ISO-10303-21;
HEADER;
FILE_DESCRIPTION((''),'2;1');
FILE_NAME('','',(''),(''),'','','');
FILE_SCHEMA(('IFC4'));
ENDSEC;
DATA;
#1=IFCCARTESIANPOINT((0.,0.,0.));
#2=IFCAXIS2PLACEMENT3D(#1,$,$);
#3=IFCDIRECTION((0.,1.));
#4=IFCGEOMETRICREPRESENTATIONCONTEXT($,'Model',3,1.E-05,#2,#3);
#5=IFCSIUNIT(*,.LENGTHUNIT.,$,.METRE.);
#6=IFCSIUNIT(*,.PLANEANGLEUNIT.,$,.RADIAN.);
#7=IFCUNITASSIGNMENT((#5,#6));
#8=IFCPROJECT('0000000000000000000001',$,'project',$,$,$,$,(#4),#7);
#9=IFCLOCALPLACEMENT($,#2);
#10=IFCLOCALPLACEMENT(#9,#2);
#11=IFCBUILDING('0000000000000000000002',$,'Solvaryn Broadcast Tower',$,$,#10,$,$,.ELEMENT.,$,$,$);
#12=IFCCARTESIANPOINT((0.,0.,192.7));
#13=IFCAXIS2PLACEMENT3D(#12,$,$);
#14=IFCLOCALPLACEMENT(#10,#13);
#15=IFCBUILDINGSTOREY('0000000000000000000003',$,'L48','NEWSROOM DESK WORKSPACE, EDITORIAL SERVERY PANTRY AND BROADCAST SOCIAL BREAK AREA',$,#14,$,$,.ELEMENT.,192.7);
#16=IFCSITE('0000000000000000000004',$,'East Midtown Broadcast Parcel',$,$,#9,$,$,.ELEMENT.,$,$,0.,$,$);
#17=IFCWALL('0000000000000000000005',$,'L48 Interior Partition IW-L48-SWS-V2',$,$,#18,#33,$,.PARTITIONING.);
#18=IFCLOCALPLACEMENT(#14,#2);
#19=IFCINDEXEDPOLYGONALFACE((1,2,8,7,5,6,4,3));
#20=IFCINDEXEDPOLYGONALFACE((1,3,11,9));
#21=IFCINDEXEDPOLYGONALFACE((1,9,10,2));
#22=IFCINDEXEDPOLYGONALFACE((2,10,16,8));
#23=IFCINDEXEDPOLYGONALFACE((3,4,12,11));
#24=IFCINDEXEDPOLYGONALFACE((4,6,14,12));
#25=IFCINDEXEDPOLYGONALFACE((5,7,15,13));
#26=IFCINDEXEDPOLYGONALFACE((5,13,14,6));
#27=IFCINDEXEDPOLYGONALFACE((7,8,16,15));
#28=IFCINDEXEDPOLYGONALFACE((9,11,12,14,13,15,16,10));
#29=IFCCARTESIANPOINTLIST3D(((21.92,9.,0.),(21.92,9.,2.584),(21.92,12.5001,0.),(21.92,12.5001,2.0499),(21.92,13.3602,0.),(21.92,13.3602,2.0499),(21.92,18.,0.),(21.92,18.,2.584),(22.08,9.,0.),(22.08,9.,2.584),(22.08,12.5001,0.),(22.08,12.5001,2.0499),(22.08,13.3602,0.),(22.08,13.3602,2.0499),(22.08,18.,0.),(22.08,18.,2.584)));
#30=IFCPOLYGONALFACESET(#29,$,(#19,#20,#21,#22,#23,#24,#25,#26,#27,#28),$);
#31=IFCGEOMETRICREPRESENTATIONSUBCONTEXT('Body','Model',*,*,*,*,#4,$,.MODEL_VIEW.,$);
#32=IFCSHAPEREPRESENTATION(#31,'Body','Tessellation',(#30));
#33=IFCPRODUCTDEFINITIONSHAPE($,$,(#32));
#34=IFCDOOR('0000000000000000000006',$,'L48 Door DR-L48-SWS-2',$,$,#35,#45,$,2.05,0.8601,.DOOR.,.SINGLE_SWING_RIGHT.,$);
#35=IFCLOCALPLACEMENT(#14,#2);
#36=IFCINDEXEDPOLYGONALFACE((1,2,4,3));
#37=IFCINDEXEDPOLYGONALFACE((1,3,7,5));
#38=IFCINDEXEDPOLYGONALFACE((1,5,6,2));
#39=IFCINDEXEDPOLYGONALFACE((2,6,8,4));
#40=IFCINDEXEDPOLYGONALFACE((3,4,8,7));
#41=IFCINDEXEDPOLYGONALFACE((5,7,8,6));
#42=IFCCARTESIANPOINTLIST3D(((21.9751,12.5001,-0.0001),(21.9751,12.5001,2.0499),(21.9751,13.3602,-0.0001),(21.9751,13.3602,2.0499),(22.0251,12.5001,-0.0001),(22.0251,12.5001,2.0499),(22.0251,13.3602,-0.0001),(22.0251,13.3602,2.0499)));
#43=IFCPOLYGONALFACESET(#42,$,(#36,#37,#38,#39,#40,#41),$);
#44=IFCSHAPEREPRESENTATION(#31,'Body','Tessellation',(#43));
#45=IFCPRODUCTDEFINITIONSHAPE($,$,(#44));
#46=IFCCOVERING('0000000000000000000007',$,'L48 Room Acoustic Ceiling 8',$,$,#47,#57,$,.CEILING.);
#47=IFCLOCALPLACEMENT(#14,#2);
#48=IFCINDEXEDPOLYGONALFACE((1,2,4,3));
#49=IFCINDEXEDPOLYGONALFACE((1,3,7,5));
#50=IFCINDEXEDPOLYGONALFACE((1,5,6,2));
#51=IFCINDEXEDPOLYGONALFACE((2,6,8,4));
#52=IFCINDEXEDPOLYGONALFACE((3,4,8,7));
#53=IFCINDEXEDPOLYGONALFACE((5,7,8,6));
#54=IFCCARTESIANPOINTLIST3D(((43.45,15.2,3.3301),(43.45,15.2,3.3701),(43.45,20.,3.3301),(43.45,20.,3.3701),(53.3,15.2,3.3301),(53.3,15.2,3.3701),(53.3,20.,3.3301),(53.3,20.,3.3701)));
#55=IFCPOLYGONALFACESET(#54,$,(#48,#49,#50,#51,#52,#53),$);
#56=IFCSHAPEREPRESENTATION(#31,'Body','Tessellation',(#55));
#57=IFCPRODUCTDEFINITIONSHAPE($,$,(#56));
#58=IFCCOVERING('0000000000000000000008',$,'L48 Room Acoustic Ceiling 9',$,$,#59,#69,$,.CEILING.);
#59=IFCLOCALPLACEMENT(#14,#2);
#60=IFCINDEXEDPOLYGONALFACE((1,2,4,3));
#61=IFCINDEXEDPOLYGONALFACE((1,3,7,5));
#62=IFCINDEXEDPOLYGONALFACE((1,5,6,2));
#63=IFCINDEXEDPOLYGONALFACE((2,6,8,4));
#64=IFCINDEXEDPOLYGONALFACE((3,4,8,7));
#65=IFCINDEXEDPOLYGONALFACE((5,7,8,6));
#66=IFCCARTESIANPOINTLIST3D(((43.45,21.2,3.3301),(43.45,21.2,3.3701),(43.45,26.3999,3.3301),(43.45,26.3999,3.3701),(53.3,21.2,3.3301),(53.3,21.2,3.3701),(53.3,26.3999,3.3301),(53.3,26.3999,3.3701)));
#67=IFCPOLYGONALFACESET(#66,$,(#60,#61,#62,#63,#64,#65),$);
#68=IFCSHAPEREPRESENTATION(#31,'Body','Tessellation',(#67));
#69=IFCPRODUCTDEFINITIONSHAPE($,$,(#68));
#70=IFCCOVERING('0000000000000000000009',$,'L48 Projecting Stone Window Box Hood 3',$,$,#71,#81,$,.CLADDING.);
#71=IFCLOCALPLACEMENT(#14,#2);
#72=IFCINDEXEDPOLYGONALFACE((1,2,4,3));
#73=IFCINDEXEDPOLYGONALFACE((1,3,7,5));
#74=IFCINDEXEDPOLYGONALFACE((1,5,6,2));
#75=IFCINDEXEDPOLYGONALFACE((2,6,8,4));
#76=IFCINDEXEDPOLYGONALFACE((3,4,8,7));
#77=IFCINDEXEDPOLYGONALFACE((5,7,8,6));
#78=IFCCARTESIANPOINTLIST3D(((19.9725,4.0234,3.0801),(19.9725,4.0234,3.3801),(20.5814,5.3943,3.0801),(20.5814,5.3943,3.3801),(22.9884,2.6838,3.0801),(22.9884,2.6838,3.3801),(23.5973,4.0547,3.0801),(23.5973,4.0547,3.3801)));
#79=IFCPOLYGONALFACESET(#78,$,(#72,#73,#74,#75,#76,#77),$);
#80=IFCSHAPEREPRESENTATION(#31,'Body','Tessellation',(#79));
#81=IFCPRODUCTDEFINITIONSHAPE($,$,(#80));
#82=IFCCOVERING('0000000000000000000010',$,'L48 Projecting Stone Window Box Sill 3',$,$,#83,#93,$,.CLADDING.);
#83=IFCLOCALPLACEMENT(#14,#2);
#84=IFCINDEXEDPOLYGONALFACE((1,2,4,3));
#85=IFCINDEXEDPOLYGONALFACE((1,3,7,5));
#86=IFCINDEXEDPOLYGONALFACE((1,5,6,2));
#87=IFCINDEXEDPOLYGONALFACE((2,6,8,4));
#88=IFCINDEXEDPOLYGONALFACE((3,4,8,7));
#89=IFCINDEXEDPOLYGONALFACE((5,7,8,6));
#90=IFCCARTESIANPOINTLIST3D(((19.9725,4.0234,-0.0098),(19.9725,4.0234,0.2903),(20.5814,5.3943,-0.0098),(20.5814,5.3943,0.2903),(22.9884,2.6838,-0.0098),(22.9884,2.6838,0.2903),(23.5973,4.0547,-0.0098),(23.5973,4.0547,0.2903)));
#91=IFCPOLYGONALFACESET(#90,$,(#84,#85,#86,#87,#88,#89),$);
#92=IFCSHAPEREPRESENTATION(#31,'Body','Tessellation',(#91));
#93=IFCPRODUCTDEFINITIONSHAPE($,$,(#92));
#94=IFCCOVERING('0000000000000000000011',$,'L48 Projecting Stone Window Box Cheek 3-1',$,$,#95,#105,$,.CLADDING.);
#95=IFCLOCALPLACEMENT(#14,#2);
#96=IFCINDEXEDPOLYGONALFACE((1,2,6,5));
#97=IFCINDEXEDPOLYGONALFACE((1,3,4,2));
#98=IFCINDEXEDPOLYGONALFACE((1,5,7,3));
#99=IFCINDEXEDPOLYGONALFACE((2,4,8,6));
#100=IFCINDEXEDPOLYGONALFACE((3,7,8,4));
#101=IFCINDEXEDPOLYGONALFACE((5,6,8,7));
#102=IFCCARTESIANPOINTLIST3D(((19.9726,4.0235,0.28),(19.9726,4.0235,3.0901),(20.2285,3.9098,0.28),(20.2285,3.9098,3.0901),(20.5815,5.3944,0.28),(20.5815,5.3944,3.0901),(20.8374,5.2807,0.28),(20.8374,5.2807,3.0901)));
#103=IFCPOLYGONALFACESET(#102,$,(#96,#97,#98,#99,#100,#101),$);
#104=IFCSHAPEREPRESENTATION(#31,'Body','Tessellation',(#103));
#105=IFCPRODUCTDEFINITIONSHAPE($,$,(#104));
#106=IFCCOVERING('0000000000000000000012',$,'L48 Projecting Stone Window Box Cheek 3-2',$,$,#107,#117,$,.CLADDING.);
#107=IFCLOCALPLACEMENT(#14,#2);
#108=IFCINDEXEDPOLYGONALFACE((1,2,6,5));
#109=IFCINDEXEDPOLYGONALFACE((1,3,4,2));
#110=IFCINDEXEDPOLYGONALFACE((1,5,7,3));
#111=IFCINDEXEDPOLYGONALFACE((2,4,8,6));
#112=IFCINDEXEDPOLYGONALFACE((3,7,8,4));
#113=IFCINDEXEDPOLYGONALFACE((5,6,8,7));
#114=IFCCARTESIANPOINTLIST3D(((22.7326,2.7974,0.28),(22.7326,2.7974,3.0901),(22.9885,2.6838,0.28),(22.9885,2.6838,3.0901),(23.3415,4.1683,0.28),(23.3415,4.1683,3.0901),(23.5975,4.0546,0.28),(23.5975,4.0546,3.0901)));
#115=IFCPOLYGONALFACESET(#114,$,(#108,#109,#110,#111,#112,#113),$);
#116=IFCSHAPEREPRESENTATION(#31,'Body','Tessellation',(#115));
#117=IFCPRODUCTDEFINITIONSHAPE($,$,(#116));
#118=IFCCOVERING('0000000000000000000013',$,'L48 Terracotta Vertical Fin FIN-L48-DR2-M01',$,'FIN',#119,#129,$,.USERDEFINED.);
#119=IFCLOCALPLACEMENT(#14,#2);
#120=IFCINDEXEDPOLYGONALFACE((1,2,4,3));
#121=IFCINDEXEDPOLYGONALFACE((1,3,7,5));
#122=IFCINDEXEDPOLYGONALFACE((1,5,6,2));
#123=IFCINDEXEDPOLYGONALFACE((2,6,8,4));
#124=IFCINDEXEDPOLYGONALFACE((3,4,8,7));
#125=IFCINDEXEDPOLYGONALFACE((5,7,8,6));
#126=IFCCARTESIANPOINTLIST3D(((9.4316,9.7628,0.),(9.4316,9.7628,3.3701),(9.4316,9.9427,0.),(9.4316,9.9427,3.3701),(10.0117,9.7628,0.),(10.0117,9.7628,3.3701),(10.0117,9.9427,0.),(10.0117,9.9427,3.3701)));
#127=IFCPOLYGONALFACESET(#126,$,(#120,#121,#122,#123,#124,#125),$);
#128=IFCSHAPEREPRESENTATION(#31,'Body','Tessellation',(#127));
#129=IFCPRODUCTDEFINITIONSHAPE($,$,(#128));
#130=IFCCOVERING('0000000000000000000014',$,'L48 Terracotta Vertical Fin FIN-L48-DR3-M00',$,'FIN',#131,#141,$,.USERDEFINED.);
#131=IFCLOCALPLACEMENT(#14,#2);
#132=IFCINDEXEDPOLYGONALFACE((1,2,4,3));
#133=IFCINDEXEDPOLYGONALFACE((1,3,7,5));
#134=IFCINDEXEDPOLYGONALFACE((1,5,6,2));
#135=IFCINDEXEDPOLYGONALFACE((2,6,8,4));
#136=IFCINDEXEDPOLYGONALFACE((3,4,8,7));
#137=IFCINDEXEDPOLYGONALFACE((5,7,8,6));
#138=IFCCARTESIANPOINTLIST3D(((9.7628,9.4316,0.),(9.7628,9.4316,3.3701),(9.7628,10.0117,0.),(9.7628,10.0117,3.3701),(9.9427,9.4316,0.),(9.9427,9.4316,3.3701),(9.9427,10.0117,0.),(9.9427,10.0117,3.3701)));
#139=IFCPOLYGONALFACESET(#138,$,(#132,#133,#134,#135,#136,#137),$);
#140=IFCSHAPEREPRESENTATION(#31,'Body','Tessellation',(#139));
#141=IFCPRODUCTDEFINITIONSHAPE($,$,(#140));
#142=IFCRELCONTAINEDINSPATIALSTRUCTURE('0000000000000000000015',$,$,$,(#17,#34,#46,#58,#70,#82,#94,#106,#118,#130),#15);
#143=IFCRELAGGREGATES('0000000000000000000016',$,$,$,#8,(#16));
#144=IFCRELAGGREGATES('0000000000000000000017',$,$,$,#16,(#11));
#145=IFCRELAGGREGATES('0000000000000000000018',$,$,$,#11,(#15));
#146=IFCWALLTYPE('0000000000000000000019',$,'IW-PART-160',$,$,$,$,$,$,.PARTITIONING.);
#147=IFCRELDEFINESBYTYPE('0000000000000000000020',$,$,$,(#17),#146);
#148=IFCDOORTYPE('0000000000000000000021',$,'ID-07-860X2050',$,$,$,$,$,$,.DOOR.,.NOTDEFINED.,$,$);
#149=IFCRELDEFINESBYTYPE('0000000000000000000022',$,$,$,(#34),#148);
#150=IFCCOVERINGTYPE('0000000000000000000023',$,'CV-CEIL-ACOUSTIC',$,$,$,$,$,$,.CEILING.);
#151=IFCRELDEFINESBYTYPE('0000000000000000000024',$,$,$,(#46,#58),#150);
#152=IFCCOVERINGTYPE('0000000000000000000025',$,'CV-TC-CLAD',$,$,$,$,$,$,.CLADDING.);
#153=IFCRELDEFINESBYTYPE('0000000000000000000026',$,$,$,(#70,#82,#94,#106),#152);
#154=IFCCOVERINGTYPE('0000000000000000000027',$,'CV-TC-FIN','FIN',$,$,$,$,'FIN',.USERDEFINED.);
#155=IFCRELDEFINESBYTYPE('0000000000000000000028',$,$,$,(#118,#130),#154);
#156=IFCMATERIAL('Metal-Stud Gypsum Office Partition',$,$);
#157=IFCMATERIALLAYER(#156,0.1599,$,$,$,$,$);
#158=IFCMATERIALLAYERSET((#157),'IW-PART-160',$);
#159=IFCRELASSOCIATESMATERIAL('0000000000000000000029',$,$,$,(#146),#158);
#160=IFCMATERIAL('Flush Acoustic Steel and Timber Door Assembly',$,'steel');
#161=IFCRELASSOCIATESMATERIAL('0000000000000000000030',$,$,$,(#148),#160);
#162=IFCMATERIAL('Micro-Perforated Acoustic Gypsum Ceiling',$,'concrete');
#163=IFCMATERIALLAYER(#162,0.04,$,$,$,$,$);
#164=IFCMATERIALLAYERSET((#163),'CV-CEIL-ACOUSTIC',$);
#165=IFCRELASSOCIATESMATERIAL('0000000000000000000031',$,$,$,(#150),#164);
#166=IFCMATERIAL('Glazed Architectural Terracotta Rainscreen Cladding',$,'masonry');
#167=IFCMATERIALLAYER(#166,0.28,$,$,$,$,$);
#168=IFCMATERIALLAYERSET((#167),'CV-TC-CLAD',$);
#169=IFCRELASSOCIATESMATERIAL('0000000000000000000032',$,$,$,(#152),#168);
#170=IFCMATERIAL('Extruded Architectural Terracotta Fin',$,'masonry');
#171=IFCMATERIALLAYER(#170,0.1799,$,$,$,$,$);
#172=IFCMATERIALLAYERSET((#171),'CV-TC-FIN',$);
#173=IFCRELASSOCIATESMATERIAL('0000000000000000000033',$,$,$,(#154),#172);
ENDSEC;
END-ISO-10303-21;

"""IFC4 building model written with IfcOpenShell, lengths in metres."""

from ifc_helpers import new_model, si_unit, direction, frame, frame_2d, origin, origin_2d, place, context, subcontext, project, spatial, polyline, rectangle, outline, extrude, material, layer, layer_set, type_object, element, fill, save


model = new_model("IFC4")

# Units and contexts
model_context = context("Model", 3, precision=1e-05, world=origin(), true_north=direction((0.0, 1.0)))
body_context = subcontext(model_context, "Body", "Model", "MODEL_VIEW")
ifc_project = project(units=[si_unit("LENGTHUNIT", "METRE"), si_unit("PLANEANGLEUNIT", "RADIAN")], contexts=[model_context])

# Site, building, storey
site_placement = place(None, origin())
site = spatial("IfcSite", under=ifc_project, at=site_placement, Name="East Midtown Broadcast Parcel", CompositionType="ELEMENT", RefElevation=0.0)
building_placement = place(site_placement, origin())
building = spatial("IfcBuilding", under=site, at=building_placement, Name="Solvaryn Broadcast Tower", CompositionType="ELEMENT")
storey_placement = place(building_placement, frame((0.0, 0.0, 192.7)))
storey = spatial("IfcBuildingStorey", under=building, at=storey_placement, Name="L48", Description="NEWSROOM DESK WORKSPACE, EDITORIAL SERVERY PANTRY AND BROADCAST SOCIAL BREAK AREA", CompositionType="ELEMENT", Elevation=192.7)

# Shared definitions
ifc_material_1 = material(Name="Metal-Stud Gypsum Office Partition")
ifc_layer_1 = layer(ifc_material_1, 0.1599)
ifc_layer_set_1 = layer_set([ifc_layer_1], Name="IW-PART-160")
wall_type = type_object("IfcWallType", Name="IW-PART-160", PredefinedType="PARTITIONING", material=ifc_layer_set_1)
ifc_material_2 = material(Name="Flush Acoustic Steel and Timber Door Assembly", Category="steel")
door_type_1 = type_object("IfcDoorType", Name="ID-07-860X2050", OperationType="NOTDEFINED", PredefinedType="DOOR", material=ifc_material_2)

# Wall, opening, door
wall_1_placement = place(storey_placement, frame((22.0, 9.0, 0.0), z_axis=(0.0, 0.0, 1.0), x_axis=(0.0, 1.0, 0.0)))
wall_1 = element("IfcWall", 1, at=wall_1_placement, inside=storey, type_object=wall_type, Name="L48 Interior Partition IW-L48-SWS-V2", PredefinedType="PARTITIONING", context=body_context, shape_type="SweptSolid", body=[
    extrude(rectangle(XDim=9.0, YDim=0.1599, at=frame_2d((4.5, 0.0))), origin(), (0.0, 0.0, 1.0), 2.584),
])
opening_1_placement = place(wall_1_placement, frame((3.5, 0.0, 0.0)))
opening_1 = element("IfcOpeningElement", 2, at=opening_1_placement, cuts=wall_1, PredefinedType="OPENING", context=body_context, shape_type="SweptSolid", body=[
    extrude(rectangle(XDim=0.8601, YDim=2.05, at=frame_2d((0.4302, 1.0249))), frame((0.0, 0.0901, 0.0), z_axis=(0.0, -1.0, 0.0), x_axis=(1.0, 0.0, 0.0)), (0.0, 0.0, 1.0), 0.1799),
])
door_1_placement = place(opening_1_placement, origin())
door_1 = element("IfcDoor", 3, at=door_1_placement, inside=storey, type_object=door_type_1, Name="L48 Door DR-L48-SWS-2", OperationType="SINGLE_SWING_RIGHT", OverallHeight=2.05, OverallWidth=0.8601, PredefinedType="DOOR", context=body_context, shape_type="SweptSolid", body=[
    extrude(rectangle(XDim=0.8601, YDim=2.05, at=frame_2d((0.4302, 1.0249))), frame((0.0, 0.0249, 0.0), z_axis=(0.0, -1.0, 0.0), x_axis=(1.0, 0.0, 0.0)), (0.0, 0.0, 1.0), 0.05),
])
fill(opening_1, door_1)

# Coverings
ifc_material_3 = material(Name="Micro-Perforated Acoustic Gypsum Ceiling", Category="concrete")
ifc_layer_2 = layer(ifc_material_3, 0.04)
ifc_layer_set_2 = layer_set([ifc_layer_2], Name="CV-CEIL-ACOUSTIC")
covering_type_1 = type_object("IfcCoveringType", Name="CV-CEIL-ACOUSTIC", PredefinedType="CEILING", material=ifc_layer_set_2)
covering_1_placement = place(storey_placement, frame((0.0, 0.0, 3.3301)))
element("IfcCovering", 4, at=covering_1_placement, inside=storey, type_object=covering_type_1, Name="L48 Room Acoustic Ceiling 8", PredefinedType="CEILING", context=body_context, shape_type="SweptSolid", body=[
    extrude(outline(polyline([(43.45, 15.2), (53.3, 15.2), (53.3, 20.0), (43.45, 20.0), (43.45, 15.2)])), origin(), (0.0, 0.0, 1.0), 0.04),
])
covering_2_placement = place(storey_placement, frame((0.0, 0.0, 3.3301)))
element("IfcCovering", 5, at=covering_2_placement, inside=storey, type_object=covering_type_1, Name="L48 Room Acoustic Ceiling 9", PredefinedType="CEILING", context=body_context, shape_type="SweptSolid", body=[
    extrude(outline(polyline([(43.45, 21.2), (53.3, 21.2), (53.3, 26.3999), (43.45, 26.3999), (43.45, 21.2)])), origin(), (0.0, 0.0, 1.0), 0.04),
])
ifc_material_4 = material(Name="Glazed Architectural Terracotta Rainscreen Cladding", Category="masonry")
ifc_layer_3 = layer(ifc_material_4, 0.28)
ifc_layer_set_3 = layer_set([ifc_layer_3], Name="CV-TC-CLAD")
covering_type_2 = type_object("IfcCoveringType", Name="CV-TC-CLAD", PredefinedType="CLADDING", material=ifc_layer_set_3)
for number, where, z_axis, x_axis, name in (
    (6, (21.7849, 4.0391, 3.0801), (0.0, 0.0, 1.0), (0.9139, -0.405939, 0.0), "L48 Projecting Stone Window Box Hood 3"),
    (7, (21.7849, 4.0391, -0.0098), (0.0, 0.0, 1.0), (0.9139, -0.405939, 0.0), "L48 Projecting Stone Window Box Sill 3"),
):
    element("IfcCovering", number, at=place(storey_placement, frame(where, z_axis=z_axis, x_axis=x_axis)), inside=storey, type_object=covering_type_2, Name=name, PredefinedType="CLADDING", context=body_context, shape_type="SweptSolid", body=[
        extrude(rectangle(XDim=3.3, YDim=1.5, at=origin_2d()), origin(), (0.0, 0.0, 1.0), 0.3),
    ])
for number, where, z_axis, x_axis, name in (
    (8, (20.405, 4.6521, 0.28), (0.0, 0.0, 1.0), (0.9139, -0.405939, 0.0), "L48 Projecting Stone Window Box Cheek 3-1"),
    (9, (23.165, 3.426, 0.28), (0.0, 0.0, 1.0), (0.9139, -0.405939, 0.0), "L48 Projecting Stone Window Box Cheek 3-2"),
):
    element("IfcCovering", number, at=place(storey_placement, frame(where, z_axis=z_axis, x_axis=x_axis)), inside=storey, type_object=covering_type_2, Name=name, PredefinedType="CLADDING", context=body_context, shape_type="SweptSolid", body=[
        extrude(rectangle(XDim=0.28, YDim=1.5, at=origin_2d()), origin(), (0.0, 0.0, 1.0), 2.8101),
    ])
ifc_material_5 = material(Name="Extruded Architectural Terracotta Fin", Category="masonry")
ifc_layer_4 = layer(ifc_material_5, 0.1799)
ifc_layer_set_4 = layer_set([ifc_layer_4], Name="CV-TC-FIN")
covering_type_3 = type_object("IfcCoveringType", Name="CV-TC-FIN", Description="FIN", ElementType="FIN", PredefinedType="USERDEFINED", material=ifc_layer_set_4)
covering_3_placement = place(storey_placement, frame((9.7217, 9.8528, 0.0), z_axis=(0.0, 0.0, 1.0), x_axis=(1.0, 0.0, 0.0)))
element("IfcCovering", 10, at=covering_3_placement, inside=storey, type_object=covering_type_3, Name="L48 Terracotta Vertical Fin FIN-L48-DR2-M01", ObjectType="FIN", PredefinedType="USERDEFINED", context=body_context, shape_type="SweptSolid", body=[
    extrude(rectangle(XDim=0.5801, YDim=0.1799, at=origin_2d()), origin(), (0.0, 0.0, 1.0), 3.3701),
])
covering_4_placement = place(storey_placement, frame((9.8528, 9.7217, 0.0), z_axis=(0.0, 0.0, 1.0), x_axis=(1.0, 0.0, 0.0)))
element("IfcCovering", 11, at=covering_4_placement, inside=storey, type_object=covering_type_3, Name="L48 Terracotta Vertical Fin FIN-L48-DR3-M00", ObjectType="FIN", PredefinedType="USERDEFINED", context=body_context, shape_type="SweptSolid", body=[
    extrude(rectangle(XDim=0.1799, YDim=0.5801, at=origin_2d()), origin(), (0.0, 0.0, 1.0), 3.3701),
])

save(model, "model.ifc")
